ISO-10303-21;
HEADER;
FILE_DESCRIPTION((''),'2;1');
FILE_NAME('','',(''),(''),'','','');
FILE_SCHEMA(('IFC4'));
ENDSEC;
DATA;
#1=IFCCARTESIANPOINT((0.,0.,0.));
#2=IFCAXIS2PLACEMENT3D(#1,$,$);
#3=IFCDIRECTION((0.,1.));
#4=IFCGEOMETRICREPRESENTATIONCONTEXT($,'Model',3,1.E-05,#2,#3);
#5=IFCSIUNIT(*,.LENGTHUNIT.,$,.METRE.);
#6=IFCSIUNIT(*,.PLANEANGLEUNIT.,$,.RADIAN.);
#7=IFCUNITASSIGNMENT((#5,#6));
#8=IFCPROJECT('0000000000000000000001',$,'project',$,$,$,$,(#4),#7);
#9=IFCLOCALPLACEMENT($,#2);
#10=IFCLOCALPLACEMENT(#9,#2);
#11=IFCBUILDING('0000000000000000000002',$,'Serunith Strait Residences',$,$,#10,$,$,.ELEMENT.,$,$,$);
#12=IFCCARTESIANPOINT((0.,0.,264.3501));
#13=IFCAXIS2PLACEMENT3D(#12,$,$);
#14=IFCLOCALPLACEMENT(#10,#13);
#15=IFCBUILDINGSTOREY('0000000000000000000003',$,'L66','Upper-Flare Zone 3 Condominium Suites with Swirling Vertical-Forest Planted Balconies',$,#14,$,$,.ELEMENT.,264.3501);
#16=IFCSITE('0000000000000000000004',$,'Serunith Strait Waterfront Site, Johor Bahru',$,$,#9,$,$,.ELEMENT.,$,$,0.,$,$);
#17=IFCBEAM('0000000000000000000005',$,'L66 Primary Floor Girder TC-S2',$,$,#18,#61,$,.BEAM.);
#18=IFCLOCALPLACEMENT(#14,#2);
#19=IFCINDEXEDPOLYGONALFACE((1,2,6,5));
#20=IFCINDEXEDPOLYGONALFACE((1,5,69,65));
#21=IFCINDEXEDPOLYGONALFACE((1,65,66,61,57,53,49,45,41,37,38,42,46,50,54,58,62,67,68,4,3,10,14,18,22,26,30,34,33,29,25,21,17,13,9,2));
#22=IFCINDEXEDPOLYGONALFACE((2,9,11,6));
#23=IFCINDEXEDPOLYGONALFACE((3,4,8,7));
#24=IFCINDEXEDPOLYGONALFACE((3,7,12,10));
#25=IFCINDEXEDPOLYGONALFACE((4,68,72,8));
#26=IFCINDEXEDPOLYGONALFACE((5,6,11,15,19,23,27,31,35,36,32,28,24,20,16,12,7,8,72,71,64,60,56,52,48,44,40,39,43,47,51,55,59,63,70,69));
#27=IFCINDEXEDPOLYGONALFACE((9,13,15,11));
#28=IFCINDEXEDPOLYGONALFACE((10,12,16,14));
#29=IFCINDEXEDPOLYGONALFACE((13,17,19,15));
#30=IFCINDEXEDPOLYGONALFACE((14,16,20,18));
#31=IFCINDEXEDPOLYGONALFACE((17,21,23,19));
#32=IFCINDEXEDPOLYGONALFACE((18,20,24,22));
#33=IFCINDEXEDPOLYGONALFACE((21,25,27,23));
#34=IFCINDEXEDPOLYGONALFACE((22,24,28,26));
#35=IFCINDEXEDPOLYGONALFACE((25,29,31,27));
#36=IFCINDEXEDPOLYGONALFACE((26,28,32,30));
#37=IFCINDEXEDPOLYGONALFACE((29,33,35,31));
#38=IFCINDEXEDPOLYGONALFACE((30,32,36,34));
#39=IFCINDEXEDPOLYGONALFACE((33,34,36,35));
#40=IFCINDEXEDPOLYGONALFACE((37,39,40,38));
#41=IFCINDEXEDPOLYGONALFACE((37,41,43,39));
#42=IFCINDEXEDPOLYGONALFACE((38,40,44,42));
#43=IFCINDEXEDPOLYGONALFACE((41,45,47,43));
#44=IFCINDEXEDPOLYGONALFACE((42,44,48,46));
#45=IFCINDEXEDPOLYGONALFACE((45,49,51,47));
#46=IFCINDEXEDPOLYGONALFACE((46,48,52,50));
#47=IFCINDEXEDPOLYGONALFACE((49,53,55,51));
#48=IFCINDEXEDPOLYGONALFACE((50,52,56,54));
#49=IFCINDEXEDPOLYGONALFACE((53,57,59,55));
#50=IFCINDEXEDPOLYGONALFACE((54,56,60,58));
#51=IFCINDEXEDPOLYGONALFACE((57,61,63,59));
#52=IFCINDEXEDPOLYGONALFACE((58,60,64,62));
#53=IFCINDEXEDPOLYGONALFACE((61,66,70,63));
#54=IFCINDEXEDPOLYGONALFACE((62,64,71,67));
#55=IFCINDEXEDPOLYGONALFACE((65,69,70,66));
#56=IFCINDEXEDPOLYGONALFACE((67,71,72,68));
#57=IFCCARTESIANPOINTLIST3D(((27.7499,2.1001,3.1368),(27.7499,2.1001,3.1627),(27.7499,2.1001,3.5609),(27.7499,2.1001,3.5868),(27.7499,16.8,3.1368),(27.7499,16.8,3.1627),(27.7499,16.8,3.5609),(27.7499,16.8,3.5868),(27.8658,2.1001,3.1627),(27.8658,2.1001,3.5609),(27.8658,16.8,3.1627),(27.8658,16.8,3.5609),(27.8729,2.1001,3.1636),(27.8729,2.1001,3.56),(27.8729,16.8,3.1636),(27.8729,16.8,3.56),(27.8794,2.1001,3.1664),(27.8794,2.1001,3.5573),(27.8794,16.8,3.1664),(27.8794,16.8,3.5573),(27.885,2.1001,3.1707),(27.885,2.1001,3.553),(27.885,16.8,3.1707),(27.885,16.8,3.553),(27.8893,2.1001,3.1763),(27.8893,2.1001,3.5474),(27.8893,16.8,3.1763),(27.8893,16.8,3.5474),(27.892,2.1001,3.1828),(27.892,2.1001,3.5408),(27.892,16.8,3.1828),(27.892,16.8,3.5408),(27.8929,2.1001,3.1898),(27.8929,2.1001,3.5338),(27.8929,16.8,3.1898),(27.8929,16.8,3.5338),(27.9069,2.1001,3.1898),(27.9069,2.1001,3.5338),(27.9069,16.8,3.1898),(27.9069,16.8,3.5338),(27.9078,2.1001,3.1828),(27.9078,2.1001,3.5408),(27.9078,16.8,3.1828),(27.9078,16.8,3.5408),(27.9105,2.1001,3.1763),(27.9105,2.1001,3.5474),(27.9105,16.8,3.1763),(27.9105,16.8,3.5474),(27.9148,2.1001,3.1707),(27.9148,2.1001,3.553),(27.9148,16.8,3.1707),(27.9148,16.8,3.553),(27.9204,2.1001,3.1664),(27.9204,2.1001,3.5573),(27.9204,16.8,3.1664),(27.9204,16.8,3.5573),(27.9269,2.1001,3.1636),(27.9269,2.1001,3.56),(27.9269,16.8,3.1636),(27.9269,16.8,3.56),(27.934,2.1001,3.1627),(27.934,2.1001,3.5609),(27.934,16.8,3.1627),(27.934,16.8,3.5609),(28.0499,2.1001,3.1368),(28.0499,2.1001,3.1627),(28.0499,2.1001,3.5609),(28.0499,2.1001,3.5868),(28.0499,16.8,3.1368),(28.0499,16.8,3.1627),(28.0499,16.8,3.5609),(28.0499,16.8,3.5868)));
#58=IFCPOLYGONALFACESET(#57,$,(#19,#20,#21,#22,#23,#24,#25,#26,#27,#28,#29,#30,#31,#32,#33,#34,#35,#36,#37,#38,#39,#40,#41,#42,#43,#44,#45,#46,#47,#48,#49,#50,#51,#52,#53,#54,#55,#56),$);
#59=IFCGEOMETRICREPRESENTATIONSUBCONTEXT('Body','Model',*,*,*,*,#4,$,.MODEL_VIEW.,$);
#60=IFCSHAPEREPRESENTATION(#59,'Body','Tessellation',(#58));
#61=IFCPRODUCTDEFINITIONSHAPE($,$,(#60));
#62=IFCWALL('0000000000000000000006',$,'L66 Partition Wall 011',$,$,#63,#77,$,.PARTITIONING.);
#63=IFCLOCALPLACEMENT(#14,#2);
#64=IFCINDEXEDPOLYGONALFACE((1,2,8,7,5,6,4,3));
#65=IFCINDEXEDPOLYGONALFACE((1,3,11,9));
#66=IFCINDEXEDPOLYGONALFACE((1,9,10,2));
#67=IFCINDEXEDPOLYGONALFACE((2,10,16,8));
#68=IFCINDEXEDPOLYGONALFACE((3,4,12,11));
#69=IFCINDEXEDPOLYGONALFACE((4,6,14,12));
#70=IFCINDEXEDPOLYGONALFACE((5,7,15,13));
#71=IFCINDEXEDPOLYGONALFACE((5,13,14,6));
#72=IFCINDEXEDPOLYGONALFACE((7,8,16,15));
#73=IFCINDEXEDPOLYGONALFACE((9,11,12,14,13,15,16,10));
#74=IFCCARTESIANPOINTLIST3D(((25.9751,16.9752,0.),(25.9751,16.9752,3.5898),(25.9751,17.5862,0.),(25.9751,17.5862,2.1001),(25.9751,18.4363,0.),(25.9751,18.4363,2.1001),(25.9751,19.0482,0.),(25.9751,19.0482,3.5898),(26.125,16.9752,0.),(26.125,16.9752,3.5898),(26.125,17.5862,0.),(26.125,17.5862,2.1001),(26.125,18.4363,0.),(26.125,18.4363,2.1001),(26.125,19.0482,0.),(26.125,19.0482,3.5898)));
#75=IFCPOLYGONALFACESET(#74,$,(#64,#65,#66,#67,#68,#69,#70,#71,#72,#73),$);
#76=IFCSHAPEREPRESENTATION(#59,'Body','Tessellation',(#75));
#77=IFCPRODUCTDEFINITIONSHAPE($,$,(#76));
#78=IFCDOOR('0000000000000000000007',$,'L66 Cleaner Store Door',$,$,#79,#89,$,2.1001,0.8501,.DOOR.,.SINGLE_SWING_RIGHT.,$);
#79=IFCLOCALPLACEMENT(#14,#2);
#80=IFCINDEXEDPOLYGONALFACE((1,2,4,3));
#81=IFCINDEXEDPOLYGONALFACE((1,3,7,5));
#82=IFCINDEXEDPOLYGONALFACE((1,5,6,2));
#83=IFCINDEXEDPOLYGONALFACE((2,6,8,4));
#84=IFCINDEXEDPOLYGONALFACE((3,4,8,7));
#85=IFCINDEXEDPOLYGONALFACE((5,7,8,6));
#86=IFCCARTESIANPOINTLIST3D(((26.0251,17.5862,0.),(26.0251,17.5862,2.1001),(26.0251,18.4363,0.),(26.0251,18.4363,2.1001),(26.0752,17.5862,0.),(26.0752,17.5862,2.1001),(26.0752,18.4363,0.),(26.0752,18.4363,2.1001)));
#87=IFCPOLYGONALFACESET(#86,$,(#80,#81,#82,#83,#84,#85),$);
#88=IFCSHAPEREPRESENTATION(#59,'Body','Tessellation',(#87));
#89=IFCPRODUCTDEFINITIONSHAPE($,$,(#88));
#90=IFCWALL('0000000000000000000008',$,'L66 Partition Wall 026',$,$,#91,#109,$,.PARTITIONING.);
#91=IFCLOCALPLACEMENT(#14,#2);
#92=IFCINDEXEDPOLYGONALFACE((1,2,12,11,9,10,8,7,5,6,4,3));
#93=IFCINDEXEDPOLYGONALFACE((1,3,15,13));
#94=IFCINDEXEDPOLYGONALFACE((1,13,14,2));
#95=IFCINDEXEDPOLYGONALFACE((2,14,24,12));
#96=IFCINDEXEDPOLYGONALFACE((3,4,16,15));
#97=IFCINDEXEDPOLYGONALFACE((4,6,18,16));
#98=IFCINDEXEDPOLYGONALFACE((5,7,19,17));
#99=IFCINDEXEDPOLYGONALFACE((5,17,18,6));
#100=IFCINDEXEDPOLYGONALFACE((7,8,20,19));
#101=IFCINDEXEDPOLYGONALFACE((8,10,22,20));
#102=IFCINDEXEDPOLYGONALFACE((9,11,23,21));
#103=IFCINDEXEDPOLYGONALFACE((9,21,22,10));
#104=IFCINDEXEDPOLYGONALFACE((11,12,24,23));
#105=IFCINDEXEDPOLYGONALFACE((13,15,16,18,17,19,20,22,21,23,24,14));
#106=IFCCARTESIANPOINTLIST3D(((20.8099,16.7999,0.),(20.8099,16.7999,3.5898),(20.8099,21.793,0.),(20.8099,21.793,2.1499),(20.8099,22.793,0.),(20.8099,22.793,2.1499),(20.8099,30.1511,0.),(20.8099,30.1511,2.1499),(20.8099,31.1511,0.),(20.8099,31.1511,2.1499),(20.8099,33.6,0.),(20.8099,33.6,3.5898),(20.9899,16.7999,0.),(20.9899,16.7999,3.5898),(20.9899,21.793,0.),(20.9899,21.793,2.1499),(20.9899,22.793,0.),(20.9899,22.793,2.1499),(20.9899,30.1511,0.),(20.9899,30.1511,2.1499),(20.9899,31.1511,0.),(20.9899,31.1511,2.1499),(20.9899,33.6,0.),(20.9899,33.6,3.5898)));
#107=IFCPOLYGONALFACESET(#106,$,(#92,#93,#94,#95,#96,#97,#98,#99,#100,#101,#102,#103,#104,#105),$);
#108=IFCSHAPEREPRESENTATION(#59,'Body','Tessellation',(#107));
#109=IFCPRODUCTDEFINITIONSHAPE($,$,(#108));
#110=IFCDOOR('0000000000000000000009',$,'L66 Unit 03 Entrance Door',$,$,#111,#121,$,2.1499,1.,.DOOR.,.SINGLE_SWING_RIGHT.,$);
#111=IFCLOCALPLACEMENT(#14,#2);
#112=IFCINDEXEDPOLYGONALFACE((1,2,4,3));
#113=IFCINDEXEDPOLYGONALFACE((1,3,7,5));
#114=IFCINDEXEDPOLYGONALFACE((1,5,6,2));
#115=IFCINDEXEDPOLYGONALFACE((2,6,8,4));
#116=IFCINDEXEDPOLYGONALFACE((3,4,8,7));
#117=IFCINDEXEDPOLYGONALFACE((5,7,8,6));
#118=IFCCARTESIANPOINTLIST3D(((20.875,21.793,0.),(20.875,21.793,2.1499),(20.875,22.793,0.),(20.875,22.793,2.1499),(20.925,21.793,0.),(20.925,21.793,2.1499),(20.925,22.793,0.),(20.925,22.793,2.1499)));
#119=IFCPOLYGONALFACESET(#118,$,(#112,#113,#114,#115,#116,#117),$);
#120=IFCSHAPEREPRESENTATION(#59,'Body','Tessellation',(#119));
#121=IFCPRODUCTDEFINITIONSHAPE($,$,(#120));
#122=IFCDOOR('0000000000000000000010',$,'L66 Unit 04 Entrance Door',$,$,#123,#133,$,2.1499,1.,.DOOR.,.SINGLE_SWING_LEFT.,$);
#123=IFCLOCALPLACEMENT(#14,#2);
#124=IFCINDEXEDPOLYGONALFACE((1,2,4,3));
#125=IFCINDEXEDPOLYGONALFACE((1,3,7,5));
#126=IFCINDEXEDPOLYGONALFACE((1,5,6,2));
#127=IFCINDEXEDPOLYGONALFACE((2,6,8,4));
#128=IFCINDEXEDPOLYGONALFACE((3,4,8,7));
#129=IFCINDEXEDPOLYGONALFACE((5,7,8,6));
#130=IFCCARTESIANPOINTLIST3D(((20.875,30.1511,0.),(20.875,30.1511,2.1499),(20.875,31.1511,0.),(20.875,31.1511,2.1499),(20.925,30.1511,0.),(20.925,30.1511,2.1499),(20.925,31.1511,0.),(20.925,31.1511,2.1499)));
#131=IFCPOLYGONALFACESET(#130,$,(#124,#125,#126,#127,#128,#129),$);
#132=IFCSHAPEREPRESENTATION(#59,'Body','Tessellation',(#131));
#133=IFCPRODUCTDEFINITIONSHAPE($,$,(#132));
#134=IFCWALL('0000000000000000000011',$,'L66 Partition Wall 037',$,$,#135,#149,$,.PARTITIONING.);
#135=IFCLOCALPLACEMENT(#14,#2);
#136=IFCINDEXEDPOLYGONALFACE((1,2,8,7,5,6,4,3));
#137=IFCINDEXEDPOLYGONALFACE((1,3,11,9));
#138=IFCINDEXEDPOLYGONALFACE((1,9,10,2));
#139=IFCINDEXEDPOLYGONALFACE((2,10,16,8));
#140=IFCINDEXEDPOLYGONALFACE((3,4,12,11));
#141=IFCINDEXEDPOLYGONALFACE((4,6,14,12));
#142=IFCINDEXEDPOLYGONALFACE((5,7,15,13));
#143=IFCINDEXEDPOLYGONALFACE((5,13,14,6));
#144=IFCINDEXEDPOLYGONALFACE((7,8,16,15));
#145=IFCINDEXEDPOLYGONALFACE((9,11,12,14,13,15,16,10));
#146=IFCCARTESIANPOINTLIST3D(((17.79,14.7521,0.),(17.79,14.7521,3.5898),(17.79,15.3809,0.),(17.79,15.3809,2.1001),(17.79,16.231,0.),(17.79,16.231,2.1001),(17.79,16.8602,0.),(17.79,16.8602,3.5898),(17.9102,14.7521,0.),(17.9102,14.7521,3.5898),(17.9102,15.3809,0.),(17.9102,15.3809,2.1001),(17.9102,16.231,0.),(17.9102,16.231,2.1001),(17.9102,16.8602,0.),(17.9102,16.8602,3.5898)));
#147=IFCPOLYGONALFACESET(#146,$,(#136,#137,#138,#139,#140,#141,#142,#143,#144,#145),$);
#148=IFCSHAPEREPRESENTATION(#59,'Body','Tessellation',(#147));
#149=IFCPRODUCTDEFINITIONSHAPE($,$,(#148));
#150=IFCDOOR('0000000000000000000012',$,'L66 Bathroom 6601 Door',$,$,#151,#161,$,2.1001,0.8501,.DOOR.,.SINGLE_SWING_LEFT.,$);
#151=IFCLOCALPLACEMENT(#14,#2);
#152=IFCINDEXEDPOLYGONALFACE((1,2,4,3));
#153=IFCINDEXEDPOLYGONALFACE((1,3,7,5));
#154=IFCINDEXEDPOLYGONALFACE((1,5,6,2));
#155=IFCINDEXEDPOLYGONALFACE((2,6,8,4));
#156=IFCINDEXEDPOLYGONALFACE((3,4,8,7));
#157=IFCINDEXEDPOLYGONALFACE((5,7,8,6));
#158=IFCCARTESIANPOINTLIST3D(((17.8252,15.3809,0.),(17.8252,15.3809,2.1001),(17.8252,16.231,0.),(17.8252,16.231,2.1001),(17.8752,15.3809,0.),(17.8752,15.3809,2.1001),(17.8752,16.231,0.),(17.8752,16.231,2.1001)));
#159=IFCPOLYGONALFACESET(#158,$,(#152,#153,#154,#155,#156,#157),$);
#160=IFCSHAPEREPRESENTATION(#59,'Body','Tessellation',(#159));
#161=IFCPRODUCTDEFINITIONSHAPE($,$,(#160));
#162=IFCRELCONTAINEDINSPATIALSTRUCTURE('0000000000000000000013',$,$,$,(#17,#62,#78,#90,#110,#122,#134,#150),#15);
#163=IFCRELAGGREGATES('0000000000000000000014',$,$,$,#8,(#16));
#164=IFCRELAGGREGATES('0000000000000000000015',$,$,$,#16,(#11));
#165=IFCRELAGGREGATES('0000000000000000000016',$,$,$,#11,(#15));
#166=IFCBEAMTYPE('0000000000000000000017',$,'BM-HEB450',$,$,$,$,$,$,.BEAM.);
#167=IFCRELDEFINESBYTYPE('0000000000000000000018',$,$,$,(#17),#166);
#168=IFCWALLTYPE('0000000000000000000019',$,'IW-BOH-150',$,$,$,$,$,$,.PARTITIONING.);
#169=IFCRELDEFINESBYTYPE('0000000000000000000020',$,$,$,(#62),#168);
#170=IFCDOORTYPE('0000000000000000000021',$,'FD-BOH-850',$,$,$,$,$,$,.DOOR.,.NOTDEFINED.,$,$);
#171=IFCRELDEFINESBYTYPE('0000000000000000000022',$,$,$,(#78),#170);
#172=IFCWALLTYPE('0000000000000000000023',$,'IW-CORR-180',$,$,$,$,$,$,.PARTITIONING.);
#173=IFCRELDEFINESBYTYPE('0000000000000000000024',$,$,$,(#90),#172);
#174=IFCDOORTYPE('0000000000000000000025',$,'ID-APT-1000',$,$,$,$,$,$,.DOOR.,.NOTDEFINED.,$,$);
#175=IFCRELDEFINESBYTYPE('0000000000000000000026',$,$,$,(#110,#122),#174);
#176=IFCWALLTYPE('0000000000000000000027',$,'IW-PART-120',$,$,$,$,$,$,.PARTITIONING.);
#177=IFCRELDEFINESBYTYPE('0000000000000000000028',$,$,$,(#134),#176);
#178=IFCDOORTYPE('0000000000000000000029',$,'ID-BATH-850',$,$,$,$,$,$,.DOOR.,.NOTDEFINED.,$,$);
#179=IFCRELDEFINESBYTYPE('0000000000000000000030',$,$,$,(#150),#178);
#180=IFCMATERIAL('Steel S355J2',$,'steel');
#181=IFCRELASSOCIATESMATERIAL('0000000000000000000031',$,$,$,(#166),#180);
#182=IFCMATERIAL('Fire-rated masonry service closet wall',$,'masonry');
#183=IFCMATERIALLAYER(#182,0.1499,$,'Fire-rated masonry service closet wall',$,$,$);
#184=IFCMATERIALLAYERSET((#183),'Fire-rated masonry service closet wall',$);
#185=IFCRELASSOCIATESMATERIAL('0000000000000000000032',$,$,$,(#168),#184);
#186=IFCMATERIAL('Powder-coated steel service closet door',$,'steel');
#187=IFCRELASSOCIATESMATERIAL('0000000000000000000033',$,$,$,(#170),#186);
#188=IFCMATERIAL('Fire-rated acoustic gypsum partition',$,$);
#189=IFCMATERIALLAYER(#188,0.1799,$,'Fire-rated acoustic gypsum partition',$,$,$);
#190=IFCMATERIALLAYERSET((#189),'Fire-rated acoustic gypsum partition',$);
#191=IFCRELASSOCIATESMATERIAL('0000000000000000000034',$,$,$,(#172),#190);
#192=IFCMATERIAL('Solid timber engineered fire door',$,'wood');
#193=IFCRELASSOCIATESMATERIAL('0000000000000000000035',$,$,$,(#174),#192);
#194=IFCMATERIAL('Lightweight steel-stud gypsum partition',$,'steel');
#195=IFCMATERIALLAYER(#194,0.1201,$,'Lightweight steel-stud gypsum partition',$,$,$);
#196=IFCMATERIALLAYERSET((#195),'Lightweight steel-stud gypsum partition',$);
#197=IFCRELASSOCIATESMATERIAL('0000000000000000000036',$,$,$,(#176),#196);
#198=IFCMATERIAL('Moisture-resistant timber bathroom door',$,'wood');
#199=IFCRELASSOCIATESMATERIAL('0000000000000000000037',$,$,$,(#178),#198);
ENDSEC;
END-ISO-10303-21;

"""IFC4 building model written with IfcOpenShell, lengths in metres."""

from ifc_helpers import new_model, si_unit, direction, frame, frame_2d, origin, origin_2d, place, context, subcontext, project, spatial, rectangle, i_section, extrude, source, transform, mapped, material, layer, layer_set, material_profile, profile_set, type_object, element, fill, save


model = new_model("IFC4")

# Units and contexts
model_context = context("Model", 3, precision=1e-05, world=origin(), true_north=direction((0.0, 1.0)))
body_context = subcontext(model_context, "Body", "Model", "MODEL_VIEW")
ifc_project = project(units=[si_unit("LENGTHUNIT", "METRE"), si_unit("PLANEANGLEUNIT", "RADIAN")], contexts=[model_context])

# Site, building, storey
site_placement = place(None, origin())
site = spatial("IfcSite", under=ifc_project, at=site_placement, Name="Serunith Strait Waterfront Site, Johor Bahru", CompositionType="ELEMENT", RefElevation=0.0)
building_placement = place(site_placement, origin())
building = spatial("IfcBuilding", under=site, at=building_placement, Name="Serunith Strait Residences", CompositionType="ELEMENT")
storey_placement = place(building_placement, frame((0.0, 0.0, 264.3501)))
storey = spatial("IfcBuildingStorey", under=building, at=storey_placement, Name="L66", Description="Upper-Flare Zone 3 Condominium Suites with Swirling Vertical-Forest Planted Balconies", CompositionType="ELEMENT", Elevation=264.3501)

# Beam
ifc_material_1 = material(Name="Steel S355J2", Category="steel")
ifc_material_profile = material_profile(ifc_material_1, i_section(OverallWidth=0.3, OverallDepth=0.45, WebThickness=0.0139, FlangeThickness=0.0259, FilletRadius=0.0271, at=origin_2d()), Name="HEB 450")
ifc_profile_set = profile_set([ifc_material_profile], Name="Steel S355J2")
beam_type = type_object("IfcBeamType", Name="BM-HEB450", PredefinedType="BEAM", material=ifc_profile_set)
shared_shape_1 = source(origin(), body_context, "Body", "SweptSolid", [
    extrude(i_section(OverallWidth=0.3, OverallDepth=0.45, WebThickness=0.0139, FlangeThickness=0.0259, FilletRadius=0.0271, at=origin_2d()), origin(), (0.0, 0.0, 1.0), 14.7),
])
beam_placement = place(storey_placement, frame((27.8999, 16.8, 3.3618), z_axis=(0.0, -1.0, 0.0), x_axis=(1.0, 0.0, 0.0)))
element("IfcBeam", 1, at=beam_placement, inside=storey, type_object=beam_type, Name="L66 Primary Floor Girder TC-S2", PredefinedType="BEAM", context=body_context, shape_type="MappedRepresentation", body=[
    mapped(shared_shape_1, transform((0.0, 0.0, 0.0), scale=1.0)),
])

# Wall, opening, door
ifc_material_2 = material(Name="Fire-rated masonry service closet wall", Category="masonry")
ifc_layer_1 = layer(ifc_material_2, 0.1499, Name="Fire-rated masonry service closet wall")
ifc_layer_set_1 = layer_set([ifc_layer_1], Name="Fire-rated masonry service closet wall")
wall_type_1 = type_object("IfcWallType", Name="IW-BOH-150", PredefinedType="PARTITIONING", material=ifc_layer_set_1)
wall_1_placement = place(storey_placement, frame((26.05, 16.9751, 0.0), z_axis=(0.0, 0.0, 1.0), x_axis=(0.0, 1.0, 0.0)))
wall_1 = element("IfcWall", 2, at=wall_1_placement, inside=storey, type_object=wall_type_1, Name="L66 Partition Wall 011", PredefinedType="PARTITIONING", context=body_context, shape_type="SweptSolid", body=[
    extrude(rectangle(XDim=2.073, YDim=0.1499, at=frame_2d((1.0366, 0.0))), origin(), (0.0, 0.0, 1.0), 3.5898),
])
opening_1_placement = place(wall_1_placement, frame((0.6111, 0.0, 0.0)))
opening_1 = element("IfcOpeningElement", 3, at=opening_1_placement, cuts=wall_1, PredefinedType="OPENING", context=body_context, shape_type="SweptSolid", body=[
    extrude(rectangle(XDim=0.8501, YDim=2.1001, at=frame_2d((0.425, 1.05))), frame((0.0, 0.085, 0.0), z_axis=(0.0, -1.0, 0.0), x_axis=(1.0, 0.0, 0.0)), (0.0, 0.0, 1.0), 0.1699),
])
ifc_material_3 = material(Name="Powder-coated steel service closet door", Category="steel")
door_type_1 = type_object("IfcDoorType", Name="FD-BOH-850", OperationType="NOTDEFINED", PredefinedType="DOOR", material=ifc_material_3)
shared_shape_2 = source(origin(), body_context, "Body", "SweptSolid", [
    extrude(rectangle(XDim=0.8501, YDim=2.1001, at=frame_2d((0.425, 1.05))), frame((0.0, 0.0249, 0.0), z_axis=(0.0, -1.0, 0.0), x_axis=(1.0, 0.0, 0.0)), (0.0, 0.0, 1.0), 0.05),
])
door_1_placement = place(opening_1_placement, origin())
door_1 = element("IfcDoor", 4, at=door_1_placement, inside=storey, type_object=door_type_1, Name="L66 Cleaner Store Door", OperationType="SINGLE_SWING_RIGHT", OverallHeight=2.1001, OverallWidth=0.8501, PredefinedType="DOOR", context=body_context, shape_type="MappedRepresentation", body=[
    mapped(shared_shape_2, transform((0.0, 0.0, 0.0), scale=1.0)),
])
fill(opening_1, door_1)
ifc_material_4 = material(Name="Fire-rated acoustic gypsum partition")
ifc_layer_2 = layer(ifc_material_4, 0.1799, Name="Fire-rated acoustic gypsum partition")
ifc_layer_set_2 = layer_set([ifc_layer_2], Name="Fire-rated acoustic gypsum partition")
wall_type_2 = type_object("IfcWallType", Name="IW-CORR-180", PredefinedType="PARTITIONING", material=ifc_layer_set_2)
ifc_material_5 = material(Name="Solid timber engineered fire door", Category="wood")
door_type_2 = type_object("IfcDoorType", Name="ID-APT-1000", OperationType="NOTDEFINED", PredefinedType="DOOR", material=ifc_material_5)
shared_shape_3 = source(origin(), body_context, "Body", "SweptSolid", [
    extrude(rectangle(XDim=1.0, YDim=2.1499, at=frame_2d((0.5, 1.075))), frame((0.0, 0.0249, 0.0), z_axis=(0.0, -1.0, 0.0), x_axis=(1.0, 0.0, 0.0)), (0.0, 0.0, 1.0), 0.05),
])

# Wall, openings, doors
wall_2_placement = place(storey_placement, frame((20.8999, 16.8, 0.0), z_axis=(0.0, 0.0, 1.0), x_axis=(0.0, 1.0, 0.0)))
wall_2 = element("IfcWall", 5, at=wall_2_placement, inside=storey, type_object=wall_type_2, Name="L66 Partition Wall 026", PredefinedType="PARTITIONING", context=body_context, shape_type="SweptSolid", body=[
    extrude(rectangle(XDim=16.8, YDim=0.1799, at=frame_2d((8.3999, 0.0))), origin(), (0.0, 0.0, 1.0), 3.5898),
])
opening_2_placement = place(wall_2_placement, frame((4.9929, 0.0, 0.0)))
opening_2 = element("IfcOpeningElement", 6, at=opening_2_placement, cuts=wall_2, PredefinedType="OPENING", context=body_context, shape_type="SweptSolid", body=[
    extrude(rectangle(XDim=1.0, YDim=2.1499, at=frame_2d((0.5, 1.075))), frame((0.0, 0.1001, 0.0), z_axis=(0.0, -1.0, 0.0), x_axis=(1.0, 0.0, 0.0)), (0.0, 0.0, 1.0), 0.2),
])
opening_3_placement = place(wall_2_placement, frame((13.3511, 0.0, 0.0)))
opening_3 = element("IfcOpeningElement", 7, at=opening_3_placement, cuts=wall_2, PredefinedType="OPENING", context=body_context, shape_type="SweptSolid", body=[
    extrude(rectangle(XDim=1.0, YDim=2.1499, at=frame_2d((0.5, 1.075))), frame((0.0, 0.1001, 0.0), z_axis=(0.0, -1.0, 0.0), x_axis=(1.0, 0.0, 0.0)), (0.0, 0.0, 1.0), 0.2),
])
door_2_placement = place(opening_2_placement, origin())
door_2 = element("IfcDoor", 8, at=door_2_placement, inside=storey, type_object=door_type_2, Name="L66 Unit 03 Entrance Door", OperationType="SINGLE_SWING_RIGHT", OverallHeight=2.1499, OverallWidth=1.0, PredefinedType="DOOR", context=body_context, shape_type="MappedRepresentation", body=[
    mapped(shared_shape_3, transform((0.0, 0.0, 0.0), scale=1.0)),
])
fill(opening_2, door_2)
door_3_placement = place(opening_3_placement, origin())
door_3 = element("IfcDoor", 9, at=door_3_placement, inside=storey, type_object=door_type_2, Name="L66 Unit 04 Entrance Door", OperationType="SINGLE_SWING_LEFT", OverallHeight=2.1499, OverallWidth=1.0, PredefinedType="DOOR", context=body_context, shape_type="MappedRepresentation", body=[
    mapped(shared_shape_3, transform((0.0, 0.0, 0.0), scale=1.0)),
])
fill(opening_3, door_3)

# Wall, opening, door
ifc_material_6 = material(Name="Lightweight steel-stud gypsum partition", Category="steel")
ifc_layer_3 = layer(ifc_material_6, 0.1201, Name="Lightweight steel-stud gypsum partition")
ifc_layer_set_3 = layer_set([ifc_layer_3], Name="Lightweight steel-stud gypsum partition")
wall_type_3 = type_object("IfcWallType", Name="IW-PART-120", PredefinedType="PARTITIONING", material=ifc_layer_set_3)
wall_3_placement = place(storey_placement, frame((17.8501, 14.752, 0.0), z_axis=(0.0, 0.0, 1.0), x_axis=(0.0, 1.0, 0.0)))
wall_3 = element("IfcWall", 10, at=wall_3_placement, inside=storey, type_object=wall_type_3, Name="L66 Partition Wall 037", PredefinedType="PARTITIONING", context=body_context, shape_type="SweptSolid", body=[
    extrude(rectangle(XDim=2.1082, YDim=0.1201, at=frame_2d((1.0542, 0.0))), origin(), (0.0, 0.0, 1.0), 3.5898),
])
opening_4_placement = place(wall_3_placement, frame((0.6289, 0.0, 0.0)))
opening_4 = element("IfcOpeningElement", 11, at=opening_4_placement, cuts=wall_3, PredefinedType="OPENING", context=body_context, shape_type="SweptSolid", body=[
    extrude(rectangle(XDim=0.8501, YDim=2.1001, at=frame_2d((0.425, 1.05))), frame((0.0, 0.0701, 0.0), z_axis=(0.0, -1.0, 0.0), x_axis=(1.0, 0.0, 0.0)), (0.0, 0.0, 1.0), 0.1401),
])
ifc_material_7 = material(Name="Moisture-resistant timber bathroom door", Category="wood")
door_type_3 = type_object("IfcDoorType", Name="ID-BATH-850", OperationType="NOTDEFINED", PredefinedType="DOOR", material=ifc_material_7)
door_4_placement = place(opening_4_placement, origin())
door_4 = element("IfcDoor", 12, at=door_4_placement, inside=storey, type_object=door_type_3, Name="L66 Bathroom 6601 Door", OperationType="SINGLE_SWING_LEFT", OverallHeight=2.1001, OverallWidth=0.8501, PredefinedType="DOOR", context=body_context, shape_type="MappedRepresentation", body=[
    mapped(shared_shape_2, transform((0.0, 0.0, 0.0), scale=1.0)),
])
fill(opening_4, door_4)

save(model, "model.ifc")
